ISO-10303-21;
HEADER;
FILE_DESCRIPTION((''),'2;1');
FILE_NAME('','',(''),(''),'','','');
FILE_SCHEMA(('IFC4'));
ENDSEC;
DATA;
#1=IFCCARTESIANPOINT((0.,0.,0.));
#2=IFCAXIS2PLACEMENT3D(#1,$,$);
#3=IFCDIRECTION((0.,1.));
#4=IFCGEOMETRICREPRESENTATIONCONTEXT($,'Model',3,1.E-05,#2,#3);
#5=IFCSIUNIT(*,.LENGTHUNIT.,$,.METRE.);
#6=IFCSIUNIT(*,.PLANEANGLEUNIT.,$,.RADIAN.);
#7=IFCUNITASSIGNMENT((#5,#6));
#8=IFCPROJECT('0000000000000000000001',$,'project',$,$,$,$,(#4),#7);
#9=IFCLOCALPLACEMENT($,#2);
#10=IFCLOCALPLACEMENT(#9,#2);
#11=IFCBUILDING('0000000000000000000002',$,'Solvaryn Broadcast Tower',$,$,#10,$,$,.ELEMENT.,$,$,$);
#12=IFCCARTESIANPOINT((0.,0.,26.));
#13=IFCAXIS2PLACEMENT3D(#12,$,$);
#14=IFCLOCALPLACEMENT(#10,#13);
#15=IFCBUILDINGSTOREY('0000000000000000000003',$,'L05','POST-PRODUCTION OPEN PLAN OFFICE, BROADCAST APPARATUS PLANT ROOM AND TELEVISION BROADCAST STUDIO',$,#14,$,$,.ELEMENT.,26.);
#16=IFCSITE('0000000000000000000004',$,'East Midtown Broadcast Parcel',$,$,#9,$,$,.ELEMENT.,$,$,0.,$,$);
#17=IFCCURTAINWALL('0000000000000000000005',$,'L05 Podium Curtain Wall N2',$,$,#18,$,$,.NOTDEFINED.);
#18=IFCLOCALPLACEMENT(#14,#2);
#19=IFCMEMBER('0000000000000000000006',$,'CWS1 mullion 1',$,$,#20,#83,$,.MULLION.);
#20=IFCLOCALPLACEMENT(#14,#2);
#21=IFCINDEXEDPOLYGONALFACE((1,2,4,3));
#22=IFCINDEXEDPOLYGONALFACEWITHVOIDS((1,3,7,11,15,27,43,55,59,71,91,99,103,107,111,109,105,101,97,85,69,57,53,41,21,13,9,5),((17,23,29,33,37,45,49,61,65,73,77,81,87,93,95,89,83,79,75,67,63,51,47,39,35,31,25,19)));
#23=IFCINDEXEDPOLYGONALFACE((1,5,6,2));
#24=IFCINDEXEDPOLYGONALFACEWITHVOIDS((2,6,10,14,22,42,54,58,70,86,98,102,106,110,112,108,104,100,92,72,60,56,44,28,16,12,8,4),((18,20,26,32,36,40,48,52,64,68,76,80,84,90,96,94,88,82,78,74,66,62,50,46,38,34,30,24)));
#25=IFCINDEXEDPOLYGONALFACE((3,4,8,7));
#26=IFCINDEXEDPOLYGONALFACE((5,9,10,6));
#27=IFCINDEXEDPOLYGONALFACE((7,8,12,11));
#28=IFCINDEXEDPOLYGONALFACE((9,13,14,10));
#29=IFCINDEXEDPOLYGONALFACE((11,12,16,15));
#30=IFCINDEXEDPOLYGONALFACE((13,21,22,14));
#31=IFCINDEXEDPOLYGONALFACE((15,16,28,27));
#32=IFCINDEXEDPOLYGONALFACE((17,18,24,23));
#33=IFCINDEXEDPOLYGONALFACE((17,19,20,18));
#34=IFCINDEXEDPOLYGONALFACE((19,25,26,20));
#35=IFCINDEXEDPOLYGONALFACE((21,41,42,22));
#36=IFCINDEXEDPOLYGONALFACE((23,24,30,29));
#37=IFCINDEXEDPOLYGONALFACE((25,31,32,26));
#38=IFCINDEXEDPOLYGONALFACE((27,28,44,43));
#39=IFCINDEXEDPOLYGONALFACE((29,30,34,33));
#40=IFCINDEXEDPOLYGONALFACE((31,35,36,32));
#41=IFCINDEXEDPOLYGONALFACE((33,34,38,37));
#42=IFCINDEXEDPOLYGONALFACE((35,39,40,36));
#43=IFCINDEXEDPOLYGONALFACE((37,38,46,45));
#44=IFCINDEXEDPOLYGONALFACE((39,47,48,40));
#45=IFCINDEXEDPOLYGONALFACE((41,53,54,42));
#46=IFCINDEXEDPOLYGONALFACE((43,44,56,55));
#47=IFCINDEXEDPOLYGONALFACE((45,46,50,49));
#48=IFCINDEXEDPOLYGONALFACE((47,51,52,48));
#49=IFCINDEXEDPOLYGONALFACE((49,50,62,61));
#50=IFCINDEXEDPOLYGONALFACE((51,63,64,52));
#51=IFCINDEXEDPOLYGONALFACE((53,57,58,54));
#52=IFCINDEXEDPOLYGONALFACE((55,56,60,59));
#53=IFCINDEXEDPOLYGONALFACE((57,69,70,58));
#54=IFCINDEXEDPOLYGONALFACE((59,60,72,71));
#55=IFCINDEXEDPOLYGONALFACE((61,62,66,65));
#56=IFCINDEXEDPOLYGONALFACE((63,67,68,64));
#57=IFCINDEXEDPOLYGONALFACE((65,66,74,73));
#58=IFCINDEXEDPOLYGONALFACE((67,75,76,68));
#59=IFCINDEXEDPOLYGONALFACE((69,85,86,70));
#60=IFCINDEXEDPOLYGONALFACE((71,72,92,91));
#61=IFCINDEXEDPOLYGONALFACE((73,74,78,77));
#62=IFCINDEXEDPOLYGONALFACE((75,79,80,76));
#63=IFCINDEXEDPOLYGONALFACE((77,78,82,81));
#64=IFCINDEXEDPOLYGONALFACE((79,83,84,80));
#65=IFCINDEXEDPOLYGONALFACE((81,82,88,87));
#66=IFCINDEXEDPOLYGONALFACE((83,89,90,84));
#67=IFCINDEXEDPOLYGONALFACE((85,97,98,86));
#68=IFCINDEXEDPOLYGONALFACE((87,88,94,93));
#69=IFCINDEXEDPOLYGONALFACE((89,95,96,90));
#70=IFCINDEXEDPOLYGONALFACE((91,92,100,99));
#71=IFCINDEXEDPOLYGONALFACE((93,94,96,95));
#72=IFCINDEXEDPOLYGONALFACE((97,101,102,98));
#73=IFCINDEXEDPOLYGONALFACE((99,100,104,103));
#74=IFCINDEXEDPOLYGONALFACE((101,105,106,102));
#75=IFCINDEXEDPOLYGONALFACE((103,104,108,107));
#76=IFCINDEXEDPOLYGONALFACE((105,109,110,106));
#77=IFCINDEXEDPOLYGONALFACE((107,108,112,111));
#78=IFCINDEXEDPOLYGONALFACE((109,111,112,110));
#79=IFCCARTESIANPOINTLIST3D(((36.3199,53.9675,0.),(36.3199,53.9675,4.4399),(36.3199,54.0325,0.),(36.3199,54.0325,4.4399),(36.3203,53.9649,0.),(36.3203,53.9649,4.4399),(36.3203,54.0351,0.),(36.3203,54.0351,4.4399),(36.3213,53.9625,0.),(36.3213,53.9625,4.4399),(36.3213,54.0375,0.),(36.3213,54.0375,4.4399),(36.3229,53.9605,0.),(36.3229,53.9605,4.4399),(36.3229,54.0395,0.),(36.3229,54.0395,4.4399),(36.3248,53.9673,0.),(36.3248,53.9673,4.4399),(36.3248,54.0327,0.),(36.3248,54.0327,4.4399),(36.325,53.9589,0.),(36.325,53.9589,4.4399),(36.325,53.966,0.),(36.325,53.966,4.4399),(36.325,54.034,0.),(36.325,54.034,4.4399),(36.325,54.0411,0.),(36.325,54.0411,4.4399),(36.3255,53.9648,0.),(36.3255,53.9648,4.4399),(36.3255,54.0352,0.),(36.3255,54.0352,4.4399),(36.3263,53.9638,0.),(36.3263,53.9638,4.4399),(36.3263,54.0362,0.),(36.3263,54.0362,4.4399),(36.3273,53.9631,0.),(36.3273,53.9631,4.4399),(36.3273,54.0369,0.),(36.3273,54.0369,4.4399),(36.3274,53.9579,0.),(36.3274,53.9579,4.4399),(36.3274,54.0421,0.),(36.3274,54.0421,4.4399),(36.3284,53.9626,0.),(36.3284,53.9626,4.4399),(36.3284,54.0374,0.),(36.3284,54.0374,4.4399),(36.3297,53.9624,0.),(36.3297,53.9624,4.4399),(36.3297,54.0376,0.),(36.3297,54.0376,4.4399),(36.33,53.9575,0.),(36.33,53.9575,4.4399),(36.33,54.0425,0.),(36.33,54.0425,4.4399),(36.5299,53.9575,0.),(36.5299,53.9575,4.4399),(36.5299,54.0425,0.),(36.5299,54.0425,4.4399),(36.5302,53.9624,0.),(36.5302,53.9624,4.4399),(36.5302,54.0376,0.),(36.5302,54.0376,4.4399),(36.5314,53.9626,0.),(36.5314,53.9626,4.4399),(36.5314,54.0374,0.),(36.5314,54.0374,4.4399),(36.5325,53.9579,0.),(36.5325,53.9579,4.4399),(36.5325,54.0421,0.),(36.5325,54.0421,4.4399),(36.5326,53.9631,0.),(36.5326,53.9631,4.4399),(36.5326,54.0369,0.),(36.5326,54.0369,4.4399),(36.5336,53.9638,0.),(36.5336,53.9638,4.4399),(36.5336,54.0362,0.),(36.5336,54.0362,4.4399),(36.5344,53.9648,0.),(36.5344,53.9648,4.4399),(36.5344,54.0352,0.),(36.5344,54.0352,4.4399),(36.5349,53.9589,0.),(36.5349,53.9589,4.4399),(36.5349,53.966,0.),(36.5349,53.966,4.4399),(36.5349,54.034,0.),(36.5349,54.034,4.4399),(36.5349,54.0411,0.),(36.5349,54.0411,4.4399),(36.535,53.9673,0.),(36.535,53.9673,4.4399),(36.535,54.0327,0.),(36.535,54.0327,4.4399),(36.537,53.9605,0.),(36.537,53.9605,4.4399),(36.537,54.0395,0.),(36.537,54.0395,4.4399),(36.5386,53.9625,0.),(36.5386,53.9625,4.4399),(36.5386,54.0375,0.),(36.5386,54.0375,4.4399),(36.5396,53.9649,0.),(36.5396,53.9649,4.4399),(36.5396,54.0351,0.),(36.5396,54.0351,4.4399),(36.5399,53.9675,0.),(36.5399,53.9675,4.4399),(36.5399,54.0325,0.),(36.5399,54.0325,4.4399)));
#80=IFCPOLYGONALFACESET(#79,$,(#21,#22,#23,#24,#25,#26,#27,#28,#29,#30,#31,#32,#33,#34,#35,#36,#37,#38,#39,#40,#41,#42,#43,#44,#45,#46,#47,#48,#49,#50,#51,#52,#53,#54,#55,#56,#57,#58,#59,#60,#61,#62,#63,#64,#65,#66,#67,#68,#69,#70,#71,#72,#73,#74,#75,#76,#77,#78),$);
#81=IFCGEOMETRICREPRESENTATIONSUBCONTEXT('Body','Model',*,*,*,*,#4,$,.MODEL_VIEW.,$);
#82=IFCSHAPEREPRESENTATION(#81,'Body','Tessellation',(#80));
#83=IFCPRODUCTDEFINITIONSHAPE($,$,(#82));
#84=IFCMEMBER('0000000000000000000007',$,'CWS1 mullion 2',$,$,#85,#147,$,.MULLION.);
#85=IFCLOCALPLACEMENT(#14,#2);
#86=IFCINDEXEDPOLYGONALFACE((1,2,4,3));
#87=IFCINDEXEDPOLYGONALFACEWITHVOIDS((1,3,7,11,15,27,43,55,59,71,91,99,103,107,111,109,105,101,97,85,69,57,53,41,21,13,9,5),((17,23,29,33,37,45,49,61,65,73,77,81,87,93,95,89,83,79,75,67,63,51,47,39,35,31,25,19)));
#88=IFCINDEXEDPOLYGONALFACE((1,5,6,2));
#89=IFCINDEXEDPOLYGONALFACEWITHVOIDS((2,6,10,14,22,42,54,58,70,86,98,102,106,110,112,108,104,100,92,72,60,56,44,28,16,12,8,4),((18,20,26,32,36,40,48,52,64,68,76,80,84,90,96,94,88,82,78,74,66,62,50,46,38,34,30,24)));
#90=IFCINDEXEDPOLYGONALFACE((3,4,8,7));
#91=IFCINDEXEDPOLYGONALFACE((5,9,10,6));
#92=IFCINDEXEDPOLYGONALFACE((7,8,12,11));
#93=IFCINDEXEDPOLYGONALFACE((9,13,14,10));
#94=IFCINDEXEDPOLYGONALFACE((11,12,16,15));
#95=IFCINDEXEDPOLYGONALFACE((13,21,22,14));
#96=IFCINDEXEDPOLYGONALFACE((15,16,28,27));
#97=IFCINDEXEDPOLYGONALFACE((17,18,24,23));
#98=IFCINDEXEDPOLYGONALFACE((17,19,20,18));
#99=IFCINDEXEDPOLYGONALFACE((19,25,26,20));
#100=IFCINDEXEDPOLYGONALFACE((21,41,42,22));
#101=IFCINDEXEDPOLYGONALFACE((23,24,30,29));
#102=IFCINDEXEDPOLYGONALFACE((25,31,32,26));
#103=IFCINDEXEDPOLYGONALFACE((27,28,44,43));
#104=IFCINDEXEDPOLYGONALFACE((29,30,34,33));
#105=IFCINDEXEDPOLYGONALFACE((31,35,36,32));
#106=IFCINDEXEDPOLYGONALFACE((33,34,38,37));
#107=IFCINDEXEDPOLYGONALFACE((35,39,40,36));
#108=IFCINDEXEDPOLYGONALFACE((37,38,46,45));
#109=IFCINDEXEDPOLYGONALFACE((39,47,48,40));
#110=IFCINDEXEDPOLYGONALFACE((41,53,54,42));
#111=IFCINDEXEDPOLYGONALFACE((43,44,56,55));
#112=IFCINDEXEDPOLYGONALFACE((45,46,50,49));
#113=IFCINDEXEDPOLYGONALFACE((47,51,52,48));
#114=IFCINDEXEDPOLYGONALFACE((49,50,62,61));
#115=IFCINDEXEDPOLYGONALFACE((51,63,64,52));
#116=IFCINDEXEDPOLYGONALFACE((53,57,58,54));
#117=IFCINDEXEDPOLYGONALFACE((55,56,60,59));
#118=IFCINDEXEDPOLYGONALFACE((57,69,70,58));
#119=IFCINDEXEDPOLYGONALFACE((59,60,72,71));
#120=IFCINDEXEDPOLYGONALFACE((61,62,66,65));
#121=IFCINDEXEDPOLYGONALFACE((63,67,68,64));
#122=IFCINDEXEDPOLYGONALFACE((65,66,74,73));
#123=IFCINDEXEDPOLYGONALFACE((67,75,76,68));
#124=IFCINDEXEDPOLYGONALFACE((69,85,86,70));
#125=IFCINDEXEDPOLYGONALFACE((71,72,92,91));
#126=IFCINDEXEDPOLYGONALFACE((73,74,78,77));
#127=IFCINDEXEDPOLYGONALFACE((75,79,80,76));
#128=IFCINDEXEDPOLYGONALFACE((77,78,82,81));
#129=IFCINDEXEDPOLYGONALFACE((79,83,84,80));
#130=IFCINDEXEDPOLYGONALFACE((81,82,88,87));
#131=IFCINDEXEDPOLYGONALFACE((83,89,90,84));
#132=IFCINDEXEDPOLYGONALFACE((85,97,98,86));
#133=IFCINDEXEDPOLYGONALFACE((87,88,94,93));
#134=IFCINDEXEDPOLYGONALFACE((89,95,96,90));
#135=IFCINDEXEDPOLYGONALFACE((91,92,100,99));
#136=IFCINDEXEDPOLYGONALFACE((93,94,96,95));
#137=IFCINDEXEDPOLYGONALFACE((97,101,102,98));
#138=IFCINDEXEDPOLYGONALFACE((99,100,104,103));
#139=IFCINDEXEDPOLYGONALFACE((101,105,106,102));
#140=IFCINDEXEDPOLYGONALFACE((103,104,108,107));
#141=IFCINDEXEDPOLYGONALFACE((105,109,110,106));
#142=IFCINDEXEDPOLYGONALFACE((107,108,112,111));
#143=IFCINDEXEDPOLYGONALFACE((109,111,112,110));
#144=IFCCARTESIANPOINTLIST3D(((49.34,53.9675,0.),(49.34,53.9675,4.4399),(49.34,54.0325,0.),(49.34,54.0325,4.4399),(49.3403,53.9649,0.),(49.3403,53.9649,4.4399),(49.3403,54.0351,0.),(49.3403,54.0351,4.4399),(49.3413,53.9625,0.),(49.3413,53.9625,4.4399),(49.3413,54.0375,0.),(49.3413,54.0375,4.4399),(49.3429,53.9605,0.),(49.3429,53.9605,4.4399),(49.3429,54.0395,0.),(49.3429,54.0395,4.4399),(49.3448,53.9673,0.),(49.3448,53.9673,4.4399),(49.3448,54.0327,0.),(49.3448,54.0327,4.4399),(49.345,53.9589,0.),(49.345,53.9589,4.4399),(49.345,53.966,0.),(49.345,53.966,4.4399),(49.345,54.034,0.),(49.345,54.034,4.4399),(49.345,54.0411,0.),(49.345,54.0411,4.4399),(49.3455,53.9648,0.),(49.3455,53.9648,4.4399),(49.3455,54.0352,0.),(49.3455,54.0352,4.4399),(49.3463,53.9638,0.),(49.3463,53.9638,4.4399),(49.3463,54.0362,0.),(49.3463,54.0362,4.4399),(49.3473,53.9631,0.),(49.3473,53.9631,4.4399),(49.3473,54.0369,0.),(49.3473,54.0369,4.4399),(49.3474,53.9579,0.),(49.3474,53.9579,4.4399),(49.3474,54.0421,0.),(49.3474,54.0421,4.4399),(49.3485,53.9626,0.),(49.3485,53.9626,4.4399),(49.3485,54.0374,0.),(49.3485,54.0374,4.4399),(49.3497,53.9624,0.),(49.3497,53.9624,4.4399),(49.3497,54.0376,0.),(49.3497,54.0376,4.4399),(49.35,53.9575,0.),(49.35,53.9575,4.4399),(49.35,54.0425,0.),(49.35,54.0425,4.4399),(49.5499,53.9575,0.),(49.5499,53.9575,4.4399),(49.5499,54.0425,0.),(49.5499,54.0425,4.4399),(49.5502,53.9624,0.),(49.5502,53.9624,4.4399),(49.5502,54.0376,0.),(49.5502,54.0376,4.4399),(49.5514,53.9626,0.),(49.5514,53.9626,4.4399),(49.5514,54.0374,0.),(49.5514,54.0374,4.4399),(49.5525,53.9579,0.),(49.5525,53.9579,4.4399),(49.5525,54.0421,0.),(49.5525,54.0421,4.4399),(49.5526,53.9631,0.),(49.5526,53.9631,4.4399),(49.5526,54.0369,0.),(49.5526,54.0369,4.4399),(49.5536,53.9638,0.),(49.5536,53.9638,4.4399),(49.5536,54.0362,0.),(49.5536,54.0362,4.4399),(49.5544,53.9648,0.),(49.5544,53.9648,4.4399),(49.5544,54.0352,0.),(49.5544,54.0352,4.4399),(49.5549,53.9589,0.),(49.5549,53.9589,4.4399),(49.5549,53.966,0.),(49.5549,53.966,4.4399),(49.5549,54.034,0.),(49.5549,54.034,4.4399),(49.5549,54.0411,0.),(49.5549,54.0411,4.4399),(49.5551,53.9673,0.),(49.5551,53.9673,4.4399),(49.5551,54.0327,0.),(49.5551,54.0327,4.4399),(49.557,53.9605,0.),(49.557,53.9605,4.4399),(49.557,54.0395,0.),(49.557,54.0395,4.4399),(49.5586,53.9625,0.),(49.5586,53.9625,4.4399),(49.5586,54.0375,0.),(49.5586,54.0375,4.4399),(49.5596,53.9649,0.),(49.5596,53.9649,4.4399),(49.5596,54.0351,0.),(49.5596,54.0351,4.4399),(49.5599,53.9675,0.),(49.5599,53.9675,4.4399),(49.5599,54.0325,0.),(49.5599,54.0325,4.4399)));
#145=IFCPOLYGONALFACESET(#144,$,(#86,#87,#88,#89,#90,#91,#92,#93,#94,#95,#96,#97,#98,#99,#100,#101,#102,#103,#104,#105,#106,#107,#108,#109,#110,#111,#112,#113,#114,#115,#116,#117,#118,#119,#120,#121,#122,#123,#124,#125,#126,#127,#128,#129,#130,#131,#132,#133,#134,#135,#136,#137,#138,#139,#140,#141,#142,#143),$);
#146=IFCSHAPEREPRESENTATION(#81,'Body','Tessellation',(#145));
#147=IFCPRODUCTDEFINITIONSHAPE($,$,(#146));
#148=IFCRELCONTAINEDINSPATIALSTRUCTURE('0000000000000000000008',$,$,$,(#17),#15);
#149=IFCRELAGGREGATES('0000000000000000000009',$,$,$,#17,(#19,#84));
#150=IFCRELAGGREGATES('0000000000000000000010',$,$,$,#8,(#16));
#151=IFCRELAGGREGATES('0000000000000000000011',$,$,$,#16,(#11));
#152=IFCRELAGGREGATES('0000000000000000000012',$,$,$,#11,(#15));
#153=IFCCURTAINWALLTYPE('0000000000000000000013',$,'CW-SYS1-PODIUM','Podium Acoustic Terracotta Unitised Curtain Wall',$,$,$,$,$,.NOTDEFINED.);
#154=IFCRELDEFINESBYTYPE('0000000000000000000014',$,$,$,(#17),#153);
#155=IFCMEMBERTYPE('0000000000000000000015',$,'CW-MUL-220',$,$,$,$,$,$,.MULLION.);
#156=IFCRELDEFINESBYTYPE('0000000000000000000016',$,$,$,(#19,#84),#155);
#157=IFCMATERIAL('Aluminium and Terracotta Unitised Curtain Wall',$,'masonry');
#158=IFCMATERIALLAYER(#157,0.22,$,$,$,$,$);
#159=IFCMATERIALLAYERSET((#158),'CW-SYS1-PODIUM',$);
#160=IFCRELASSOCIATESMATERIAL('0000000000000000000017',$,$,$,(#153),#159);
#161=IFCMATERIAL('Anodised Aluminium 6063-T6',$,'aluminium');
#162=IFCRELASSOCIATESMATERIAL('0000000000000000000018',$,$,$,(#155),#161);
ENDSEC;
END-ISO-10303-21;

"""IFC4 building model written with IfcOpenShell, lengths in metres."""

from ifc_helpers import new_model, si_unit, direction, frame, origin, origin_2d, place, context, subcontext, project, spatial, hollow_rectangle, extrude, material, layer, layer_set, material_profile, profile_set, type_object, element, aggregate, save


model = new_model("IFC4")

# Units and contexts
model_context = context("Model", 3, precision=1e-05, world=origin(), true_north=direction((0.0, 1.0)))
body_context = subcontext(model_context, "Body", "Model", "MODEL_VIEW")
ifc_project = project(units=[si_unit("LENGTHUNIT", "METRE"), si_unit("PLANEANGLEUNIT", "RADIAN")], contexts=[model_context])

# Site, building, storey
site_placement = place(None, origin())
site = spatial("IfcSite", under=ifc_project, at=site_placement, Name="East Midtown Broadcast Parcel", CompositionType="ELEMENT", RefElevation=0.0)
building_placement = place(site_placement, origin())
building = spatial("IfcBuilding", under=site, at=building_placement, Name="Solvaryn Broadcast Tower", CompositionType="ELEMENT")
storey_placement = place(building_placement, frame((0.0, 0.0, 26.0)))
storey = spatial("IfcBuildingStorey", under=building, at=storey_placement, Name="L05", Description="POST-PRODUCTION OPEN PLAN OFFICE, BROADCAST APPARATUS PLANT ROOM AND TELEVISION BROADCAST STUDIO", CompositionType="ELEMENT", Elevation=26.0)

# Shared definitions
ifc_material_1 = material(Name="Aluminium and Terracotta Unitised Curtain Wall", Category="masonry")
ifc_layer_1 = layer(ifc_material_1, 0.22)
ifc_layer_set_1 = layer_set([ifc_layer_1], Name="CW-SYS1-PODIUM")
curtain_wall_type = type_object("IfcCurtainWallType", Name="CW-SYS1-PODIUM", Description="Podium Acoustic Terracotta Unitised Curtain Wall", PredefinedType="NOTDEFINED", material=ifc_layer_set_1)
ifc_material_2 = material(Name="Anodised Aluminium 6063-T6", Category="aluminium")
ifc_material_profile_1 = material_profile(ifc_material_2, hollow_rectangle(XDim=0.085, YDim=0.22, WallThickness=0.0049, InnerFilletRadius=0.0049, OuterFilletRadius=0.01, at=origin_2d()))
ifc_profile_set_1 = profile_set([ifc_material_profile_1], Name="Anodised Aluminium 6063-T6")
member_type_1 = type_object("IfcMemberType", Name="CW-MUL-220", PredefinedType="MULLION", material=ifc_profile_set_1)

# Curtain wall, members
curtain_wall_1_placement = place(storey_placement, origin())
curtain_wall_1 = element("IfcCurtainWall", 1, at=curtain_wall_1_placement, inside=storey, type_object=curtain_wall_type, Name="L05 Podium Curtain Wall N2", PredefinedType="NOTDEFINED")
member_1_placement = place(storey_placement, frame((36.4299, 54.0, 0.0), z_axis=(0.0, 0.0, 1.0), x_axis=(0.0, 1.0, 0.0)))
member_1 = element("IfcMember", 2, at=member_1_placement, type_object=member_type_1, Name="CWS1 mullion 1", PredefinedType="MULLION", context=body_context, shape_type="SweptSolid", body=[
    extrude(hollow_rectangle(XDim=0.085, YDim=0.22, WallThickness=0.0049, InnerFilletRadius=0.0049, OuterFilletRadius=0.01, at=origin_2d()), origin(), (0.0, 0.0, 1.0), 4.4399),
])
member_2_placement = place(storey_placement, frame((49.45, 54.0, 0.0), z_axis=(0.0, 0.0, 1.0), x_axis=(0.0, 1.0, 0.0)))
member_2 = element("IfcMember", 3, at=member_2_placement, type_object=member_type_1, Name="CWS1 mullion 2", PredefinedType="MULLION", context=body_context, shape_type="SweptSolid", body=[
    extrude(hollow_rectangle(XDim=0.085, YDim=0.22, WallThickness=0.0049, InnerFilletRadius=0.0049, OuterFilletRadius=0.01, at=origin_2d()), origin(), (0.0, 0.0, 1.0), 4.4399),
])
aggregate(curtain_wall_1, [member_1, member_2])

save(model, "model.ifc")
